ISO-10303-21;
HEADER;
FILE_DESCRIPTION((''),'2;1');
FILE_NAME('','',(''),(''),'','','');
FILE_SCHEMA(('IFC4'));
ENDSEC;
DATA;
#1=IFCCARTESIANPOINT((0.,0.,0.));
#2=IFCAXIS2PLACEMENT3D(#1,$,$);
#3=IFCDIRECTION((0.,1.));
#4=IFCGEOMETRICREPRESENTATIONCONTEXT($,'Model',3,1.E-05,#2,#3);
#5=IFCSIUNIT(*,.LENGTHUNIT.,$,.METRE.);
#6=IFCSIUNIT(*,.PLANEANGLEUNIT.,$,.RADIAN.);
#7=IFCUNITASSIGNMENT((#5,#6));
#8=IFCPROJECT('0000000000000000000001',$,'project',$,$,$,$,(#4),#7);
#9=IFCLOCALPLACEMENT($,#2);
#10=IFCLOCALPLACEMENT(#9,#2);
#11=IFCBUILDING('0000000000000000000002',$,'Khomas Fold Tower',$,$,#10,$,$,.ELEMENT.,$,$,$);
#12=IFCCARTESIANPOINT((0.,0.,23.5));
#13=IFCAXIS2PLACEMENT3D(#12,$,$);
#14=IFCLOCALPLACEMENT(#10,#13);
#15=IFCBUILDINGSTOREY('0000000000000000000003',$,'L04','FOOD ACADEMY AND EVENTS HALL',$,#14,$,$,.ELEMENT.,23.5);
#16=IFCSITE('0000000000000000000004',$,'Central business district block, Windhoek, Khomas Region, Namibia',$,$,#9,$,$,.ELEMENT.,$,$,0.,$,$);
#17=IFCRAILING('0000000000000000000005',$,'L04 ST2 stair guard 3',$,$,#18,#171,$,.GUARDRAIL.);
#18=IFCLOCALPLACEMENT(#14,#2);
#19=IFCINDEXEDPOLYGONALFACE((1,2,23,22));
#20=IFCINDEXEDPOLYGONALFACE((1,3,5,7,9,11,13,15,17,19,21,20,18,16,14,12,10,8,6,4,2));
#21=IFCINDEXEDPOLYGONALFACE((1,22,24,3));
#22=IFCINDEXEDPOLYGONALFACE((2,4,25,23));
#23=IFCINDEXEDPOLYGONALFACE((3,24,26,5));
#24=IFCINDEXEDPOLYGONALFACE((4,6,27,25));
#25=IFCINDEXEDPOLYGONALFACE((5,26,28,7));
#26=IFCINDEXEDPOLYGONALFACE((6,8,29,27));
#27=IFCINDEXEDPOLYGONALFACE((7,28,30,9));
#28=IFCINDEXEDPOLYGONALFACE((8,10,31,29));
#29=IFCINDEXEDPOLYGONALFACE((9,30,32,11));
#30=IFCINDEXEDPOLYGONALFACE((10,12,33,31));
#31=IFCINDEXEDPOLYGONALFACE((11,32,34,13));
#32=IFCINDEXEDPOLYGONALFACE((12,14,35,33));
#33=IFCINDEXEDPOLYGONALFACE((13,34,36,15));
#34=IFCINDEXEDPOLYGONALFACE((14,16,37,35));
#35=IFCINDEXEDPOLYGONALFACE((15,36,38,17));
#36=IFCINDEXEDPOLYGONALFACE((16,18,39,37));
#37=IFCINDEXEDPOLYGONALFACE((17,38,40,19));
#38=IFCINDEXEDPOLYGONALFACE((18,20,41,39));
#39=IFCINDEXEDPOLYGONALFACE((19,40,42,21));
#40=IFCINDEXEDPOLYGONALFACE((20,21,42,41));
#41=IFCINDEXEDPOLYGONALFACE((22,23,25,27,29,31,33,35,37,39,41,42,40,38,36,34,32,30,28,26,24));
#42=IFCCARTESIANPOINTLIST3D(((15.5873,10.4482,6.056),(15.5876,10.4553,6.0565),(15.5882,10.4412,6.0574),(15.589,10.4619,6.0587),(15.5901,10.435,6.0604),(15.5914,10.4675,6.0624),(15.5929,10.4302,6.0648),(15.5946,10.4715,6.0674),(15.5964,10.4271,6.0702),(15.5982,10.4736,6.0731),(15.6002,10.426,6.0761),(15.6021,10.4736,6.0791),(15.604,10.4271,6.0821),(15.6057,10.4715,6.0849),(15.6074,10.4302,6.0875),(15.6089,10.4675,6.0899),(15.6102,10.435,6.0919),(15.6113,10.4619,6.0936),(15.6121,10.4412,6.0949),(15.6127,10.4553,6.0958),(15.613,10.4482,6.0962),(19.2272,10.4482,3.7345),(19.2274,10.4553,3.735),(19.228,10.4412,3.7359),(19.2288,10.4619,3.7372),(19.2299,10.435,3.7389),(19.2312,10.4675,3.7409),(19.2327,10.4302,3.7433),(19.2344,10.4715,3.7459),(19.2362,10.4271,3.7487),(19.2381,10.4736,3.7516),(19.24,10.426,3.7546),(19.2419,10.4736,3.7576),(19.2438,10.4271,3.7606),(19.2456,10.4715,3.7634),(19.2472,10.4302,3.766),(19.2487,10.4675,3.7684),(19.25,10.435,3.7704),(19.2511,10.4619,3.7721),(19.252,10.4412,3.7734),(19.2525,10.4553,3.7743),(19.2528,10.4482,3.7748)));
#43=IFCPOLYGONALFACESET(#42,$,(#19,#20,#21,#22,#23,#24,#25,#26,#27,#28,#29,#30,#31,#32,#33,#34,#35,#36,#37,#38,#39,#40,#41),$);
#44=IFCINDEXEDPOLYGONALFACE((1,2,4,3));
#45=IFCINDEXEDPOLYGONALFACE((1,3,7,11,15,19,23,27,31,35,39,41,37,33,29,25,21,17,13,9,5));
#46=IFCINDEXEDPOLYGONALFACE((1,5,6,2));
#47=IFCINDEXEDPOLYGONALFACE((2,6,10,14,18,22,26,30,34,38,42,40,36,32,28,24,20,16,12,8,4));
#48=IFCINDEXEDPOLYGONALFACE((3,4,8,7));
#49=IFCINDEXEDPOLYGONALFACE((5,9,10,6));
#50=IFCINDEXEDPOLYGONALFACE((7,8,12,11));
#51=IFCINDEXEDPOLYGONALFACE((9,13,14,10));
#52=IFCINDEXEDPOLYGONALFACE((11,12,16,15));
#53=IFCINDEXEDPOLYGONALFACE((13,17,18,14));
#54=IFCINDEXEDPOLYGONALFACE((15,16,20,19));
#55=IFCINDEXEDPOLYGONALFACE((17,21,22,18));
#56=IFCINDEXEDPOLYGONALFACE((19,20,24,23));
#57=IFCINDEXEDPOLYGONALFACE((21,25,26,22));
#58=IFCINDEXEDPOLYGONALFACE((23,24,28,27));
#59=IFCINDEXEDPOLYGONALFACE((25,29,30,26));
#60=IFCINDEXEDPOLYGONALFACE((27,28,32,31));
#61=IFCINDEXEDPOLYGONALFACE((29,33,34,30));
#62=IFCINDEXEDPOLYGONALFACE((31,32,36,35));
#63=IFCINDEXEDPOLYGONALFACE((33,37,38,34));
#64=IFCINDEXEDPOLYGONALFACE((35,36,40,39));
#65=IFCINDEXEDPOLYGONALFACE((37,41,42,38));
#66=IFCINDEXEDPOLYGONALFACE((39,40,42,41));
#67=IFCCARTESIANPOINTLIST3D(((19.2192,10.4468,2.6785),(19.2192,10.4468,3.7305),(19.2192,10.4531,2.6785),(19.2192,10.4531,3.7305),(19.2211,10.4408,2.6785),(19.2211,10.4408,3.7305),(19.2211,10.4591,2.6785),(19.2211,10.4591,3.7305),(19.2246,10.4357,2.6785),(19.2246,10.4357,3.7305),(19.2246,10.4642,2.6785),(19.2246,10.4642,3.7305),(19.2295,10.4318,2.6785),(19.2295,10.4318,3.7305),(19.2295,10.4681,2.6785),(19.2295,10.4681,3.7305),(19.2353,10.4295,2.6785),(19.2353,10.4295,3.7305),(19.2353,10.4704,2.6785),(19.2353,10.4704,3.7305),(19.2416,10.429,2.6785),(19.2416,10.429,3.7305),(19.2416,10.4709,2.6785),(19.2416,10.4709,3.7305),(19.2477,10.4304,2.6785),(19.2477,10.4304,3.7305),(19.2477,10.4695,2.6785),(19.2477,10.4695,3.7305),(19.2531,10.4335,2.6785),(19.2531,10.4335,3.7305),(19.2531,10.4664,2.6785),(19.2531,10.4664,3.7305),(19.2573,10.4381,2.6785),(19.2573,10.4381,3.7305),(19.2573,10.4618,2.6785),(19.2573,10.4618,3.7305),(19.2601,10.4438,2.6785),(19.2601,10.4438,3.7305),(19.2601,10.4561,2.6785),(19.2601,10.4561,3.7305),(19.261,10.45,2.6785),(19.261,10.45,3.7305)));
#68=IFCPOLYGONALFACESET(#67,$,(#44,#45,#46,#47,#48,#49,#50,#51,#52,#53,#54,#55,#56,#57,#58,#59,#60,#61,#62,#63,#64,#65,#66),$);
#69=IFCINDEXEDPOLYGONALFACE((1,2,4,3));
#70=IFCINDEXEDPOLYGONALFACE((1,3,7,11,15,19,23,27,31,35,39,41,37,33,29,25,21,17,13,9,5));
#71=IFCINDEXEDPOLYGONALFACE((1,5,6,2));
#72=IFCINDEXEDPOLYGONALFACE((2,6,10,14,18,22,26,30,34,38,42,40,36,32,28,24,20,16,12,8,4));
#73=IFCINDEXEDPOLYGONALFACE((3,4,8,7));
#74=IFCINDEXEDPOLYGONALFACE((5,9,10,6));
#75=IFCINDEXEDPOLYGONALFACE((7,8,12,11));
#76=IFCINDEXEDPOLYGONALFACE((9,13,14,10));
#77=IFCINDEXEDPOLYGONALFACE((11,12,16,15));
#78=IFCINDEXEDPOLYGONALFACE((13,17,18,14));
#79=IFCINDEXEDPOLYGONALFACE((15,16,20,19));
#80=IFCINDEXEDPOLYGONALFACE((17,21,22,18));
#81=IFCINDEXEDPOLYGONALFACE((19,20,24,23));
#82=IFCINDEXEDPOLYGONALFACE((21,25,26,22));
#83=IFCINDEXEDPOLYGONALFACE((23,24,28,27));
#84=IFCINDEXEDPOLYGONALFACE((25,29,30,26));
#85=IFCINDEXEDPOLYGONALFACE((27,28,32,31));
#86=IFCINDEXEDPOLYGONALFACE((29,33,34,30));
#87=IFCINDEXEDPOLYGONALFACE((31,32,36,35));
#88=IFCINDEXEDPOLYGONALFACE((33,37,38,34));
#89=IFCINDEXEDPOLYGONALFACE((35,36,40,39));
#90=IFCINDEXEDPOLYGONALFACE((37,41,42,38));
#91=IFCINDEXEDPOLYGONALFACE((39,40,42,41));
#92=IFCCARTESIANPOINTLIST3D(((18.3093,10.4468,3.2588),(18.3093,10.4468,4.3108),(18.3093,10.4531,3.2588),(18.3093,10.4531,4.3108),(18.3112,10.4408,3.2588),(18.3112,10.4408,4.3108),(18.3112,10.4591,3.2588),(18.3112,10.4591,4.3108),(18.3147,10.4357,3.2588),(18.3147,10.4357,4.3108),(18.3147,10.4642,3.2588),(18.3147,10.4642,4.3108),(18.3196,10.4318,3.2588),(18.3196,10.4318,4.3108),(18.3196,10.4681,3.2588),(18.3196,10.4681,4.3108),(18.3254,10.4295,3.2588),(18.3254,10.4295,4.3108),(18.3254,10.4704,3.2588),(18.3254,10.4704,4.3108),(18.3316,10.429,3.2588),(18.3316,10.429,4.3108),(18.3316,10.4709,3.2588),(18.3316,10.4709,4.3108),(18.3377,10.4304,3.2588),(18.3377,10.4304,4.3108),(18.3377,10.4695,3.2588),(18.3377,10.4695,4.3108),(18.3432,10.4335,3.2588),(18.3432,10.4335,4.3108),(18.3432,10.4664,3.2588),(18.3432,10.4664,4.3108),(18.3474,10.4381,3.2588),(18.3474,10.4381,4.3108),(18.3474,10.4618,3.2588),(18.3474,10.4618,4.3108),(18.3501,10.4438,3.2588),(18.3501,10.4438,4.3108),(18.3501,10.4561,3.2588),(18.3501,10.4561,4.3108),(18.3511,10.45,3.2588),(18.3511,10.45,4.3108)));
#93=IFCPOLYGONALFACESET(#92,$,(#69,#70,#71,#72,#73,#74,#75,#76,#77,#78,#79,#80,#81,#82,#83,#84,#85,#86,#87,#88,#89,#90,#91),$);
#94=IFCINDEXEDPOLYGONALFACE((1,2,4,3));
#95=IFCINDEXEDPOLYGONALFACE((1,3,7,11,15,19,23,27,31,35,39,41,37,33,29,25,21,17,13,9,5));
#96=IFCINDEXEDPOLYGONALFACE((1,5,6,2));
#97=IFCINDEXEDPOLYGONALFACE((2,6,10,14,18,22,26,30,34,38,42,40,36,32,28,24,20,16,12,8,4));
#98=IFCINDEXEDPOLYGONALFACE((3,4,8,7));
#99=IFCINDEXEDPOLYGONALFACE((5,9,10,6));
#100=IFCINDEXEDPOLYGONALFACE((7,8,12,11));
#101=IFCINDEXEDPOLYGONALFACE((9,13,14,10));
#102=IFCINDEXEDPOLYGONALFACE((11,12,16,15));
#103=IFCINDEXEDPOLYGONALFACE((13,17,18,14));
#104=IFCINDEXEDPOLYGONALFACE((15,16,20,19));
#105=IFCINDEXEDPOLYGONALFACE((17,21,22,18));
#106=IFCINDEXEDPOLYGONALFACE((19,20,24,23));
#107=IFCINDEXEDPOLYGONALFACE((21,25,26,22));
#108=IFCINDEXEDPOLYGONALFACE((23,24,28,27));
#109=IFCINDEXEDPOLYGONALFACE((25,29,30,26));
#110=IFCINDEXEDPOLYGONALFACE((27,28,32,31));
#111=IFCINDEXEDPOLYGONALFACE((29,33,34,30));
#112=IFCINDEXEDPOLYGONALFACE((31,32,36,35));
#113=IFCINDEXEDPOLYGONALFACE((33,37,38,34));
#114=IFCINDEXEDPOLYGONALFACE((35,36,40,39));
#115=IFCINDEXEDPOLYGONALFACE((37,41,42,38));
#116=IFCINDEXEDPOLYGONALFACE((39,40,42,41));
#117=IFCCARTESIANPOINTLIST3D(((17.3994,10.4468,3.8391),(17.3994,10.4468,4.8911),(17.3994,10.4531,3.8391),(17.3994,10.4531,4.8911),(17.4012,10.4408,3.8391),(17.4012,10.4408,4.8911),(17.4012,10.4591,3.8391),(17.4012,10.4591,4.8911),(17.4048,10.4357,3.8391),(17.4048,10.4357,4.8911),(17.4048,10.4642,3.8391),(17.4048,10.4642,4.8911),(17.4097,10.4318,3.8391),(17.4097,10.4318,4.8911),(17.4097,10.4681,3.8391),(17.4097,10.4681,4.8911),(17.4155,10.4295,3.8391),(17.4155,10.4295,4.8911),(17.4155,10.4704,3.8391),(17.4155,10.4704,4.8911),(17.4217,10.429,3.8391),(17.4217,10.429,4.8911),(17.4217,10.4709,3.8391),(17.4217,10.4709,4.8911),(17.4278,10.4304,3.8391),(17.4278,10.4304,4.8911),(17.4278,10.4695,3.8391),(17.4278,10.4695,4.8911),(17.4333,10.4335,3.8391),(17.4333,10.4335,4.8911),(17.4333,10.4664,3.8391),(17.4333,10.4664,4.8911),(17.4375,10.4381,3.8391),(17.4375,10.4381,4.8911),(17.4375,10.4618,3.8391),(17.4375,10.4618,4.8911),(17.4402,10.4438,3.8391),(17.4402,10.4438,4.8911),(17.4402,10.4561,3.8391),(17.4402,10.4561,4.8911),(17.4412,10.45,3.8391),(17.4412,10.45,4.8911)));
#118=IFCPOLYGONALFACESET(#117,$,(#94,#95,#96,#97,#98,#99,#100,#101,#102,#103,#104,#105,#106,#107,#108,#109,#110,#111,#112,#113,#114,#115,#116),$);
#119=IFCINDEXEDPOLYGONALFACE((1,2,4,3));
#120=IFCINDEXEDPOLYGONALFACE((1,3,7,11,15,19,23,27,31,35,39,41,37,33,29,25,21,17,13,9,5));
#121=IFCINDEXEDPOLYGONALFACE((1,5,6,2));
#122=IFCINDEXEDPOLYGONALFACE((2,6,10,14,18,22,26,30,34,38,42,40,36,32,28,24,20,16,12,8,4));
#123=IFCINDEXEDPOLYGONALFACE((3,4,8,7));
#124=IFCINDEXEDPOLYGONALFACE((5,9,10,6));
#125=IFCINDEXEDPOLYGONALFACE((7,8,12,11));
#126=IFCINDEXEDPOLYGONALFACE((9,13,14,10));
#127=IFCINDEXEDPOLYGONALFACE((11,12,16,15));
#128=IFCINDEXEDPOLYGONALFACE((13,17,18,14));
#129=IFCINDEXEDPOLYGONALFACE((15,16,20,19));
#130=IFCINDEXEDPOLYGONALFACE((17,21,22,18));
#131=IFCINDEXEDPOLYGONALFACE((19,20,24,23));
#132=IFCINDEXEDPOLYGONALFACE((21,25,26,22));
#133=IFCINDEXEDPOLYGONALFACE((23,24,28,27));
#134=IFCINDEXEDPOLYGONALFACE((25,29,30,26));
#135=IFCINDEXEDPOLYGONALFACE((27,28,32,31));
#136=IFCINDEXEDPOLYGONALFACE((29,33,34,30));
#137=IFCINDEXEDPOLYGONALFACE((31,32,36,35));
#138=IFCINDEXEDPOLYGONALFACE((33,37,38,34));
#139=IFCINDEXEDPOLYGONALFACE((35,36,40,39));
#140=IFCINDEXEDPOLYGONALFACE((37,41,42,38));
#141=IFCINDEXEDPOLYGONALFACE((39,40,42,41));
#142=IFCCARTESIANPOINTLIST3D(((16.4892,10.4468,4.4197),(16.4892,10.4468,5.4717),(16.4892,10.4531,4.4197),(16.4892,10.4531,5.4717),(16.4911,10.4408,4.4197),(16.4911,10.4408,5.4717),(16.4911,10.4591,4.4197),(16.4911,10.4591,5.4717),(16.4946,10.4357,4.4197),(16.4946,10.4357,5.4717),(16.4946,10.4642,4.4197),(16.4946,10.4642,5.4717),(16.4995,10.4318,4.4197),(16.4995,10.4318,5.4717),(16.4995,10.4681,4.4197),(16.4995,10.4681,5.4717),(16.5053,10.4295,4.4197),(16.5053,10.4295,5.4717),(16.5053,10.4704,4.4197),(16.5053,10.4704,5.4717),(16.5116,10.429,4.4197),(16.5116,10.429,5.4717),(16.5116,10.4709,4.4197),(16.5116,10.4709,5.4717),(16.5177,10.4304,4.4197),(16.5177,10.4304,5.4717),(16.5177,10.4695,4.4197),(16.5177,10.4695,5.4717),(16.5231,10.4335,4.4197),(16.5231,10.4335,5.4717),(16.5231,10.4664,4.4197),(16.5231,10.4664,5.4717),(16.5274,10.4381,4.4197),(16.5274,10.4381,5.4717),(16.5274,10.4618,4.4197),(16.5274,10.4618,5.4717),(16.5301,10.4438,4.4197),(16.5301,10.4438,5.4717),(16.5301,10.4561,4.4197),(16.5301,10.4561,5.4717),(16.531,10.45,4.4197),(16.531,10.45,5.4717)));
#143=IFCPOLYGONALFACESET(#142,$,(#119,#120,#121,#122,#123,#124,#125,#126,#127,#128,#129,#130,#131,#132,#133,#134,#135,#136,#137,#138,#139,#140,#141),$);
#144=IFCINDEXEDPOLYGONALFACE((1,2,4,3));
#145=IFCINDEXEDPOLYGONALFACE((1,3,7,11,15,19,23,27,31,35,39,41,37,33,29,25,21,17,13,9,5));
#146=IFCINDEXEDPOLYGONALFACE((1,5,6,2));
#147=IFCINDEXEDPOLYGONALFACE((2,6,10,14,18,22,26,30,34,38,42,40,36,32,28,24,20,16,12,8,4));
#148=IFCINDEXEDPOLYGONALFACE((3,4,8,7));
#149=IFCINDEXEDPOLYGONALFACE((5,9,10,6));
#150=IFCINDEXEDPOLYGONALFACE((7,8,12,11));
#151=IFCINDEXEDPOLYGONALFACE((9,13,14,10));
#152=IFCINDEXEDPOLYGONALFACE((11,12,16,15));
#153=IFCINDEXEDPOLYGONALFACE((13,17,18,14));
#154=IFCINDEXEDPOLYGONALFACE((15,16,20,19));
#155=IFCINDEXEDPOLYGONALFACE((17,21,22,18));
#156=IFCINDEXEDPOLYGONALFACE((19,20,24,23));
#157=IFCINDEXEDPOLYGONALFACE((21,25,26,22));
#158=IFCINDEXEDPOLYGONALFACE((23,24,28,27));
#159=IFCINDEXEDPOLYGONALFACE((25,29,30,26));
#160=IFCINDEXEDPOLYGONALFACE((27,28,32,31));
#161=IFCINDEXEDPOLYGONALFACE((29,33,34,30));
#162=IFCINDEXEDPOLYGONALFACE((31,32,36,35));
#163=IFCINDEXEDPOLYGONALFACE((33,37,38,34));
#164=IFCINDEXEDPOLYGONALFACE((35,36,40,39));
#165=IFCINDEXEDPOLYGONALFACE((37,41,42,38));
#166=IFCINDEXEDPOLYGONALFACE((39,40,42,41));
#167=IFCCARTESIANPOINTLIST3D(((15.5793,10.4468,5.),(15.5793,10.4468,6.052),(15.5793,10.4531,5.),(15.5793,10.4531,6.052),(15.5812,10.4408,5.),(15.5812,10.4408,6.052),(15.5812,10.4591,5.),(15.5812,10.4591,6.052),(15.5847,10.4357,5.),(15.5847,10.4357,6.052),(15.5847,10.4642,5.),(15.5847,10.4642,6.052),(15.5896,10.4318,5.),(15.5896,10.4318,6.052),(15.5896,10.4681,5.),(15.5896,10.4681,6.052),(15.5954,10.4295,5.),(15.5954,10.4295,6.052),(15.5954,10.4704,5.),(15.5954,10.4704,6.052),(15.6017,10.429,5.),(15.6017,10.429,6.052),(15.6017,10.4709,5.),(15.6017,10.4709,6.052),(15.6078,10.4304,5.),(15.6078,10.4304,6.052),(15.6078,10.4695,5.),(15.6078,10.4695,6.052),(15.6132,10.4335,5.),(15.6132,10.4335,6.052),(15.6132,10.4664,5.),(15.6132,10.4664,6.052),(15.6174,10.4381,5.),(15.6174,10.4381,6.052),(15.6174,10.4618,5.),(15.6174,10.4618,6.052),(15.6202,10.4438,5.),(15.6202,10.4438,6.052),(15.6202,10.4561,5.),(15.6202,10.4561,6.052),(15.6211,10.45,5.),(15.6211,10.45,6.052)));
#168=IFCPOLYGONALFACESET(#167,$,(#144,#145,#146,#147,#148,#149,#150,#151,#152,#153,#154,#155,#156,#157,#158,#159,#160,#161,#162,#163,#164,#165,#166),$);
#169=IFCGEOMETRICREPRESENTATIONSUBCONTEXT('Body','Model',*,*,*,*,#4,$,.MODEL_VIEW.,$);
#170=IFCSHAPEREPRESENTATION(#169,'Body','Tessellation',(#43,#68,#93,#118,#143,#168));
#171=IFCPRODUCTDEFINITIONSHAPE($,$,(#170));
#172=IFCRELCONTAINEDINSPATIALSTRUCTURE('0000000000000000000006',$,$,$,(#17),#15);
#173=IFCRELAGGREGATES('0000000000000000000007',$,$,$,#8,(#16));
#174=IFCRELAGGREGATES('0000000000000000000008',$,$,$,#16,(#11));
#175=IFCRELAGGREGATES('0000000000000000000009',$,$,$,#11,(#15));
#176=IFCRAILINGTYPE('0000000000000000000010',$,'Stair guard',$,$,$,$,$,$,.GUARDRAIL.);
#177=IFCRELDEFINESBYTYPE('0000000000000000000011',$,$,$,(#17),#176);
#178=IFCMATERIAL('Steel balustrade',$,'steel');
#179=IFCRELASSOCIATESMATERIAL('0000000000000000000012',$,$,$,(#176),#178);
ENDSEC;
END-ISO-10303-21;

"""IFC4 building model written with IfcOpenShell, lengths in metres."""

from ifc_helpers import new_model, si_unit, direction, frame, origin, origin_2d, place, context, subcontext, project, spatial, circle, extrude, source, transform, mapped, material, type_object, element, save


model = new_model("IFC4")

# Units and contexts
model_context = context("Model", 3, precision=1e-05, world=origin(), true_north=direction((0.0, 1.0)))
body_context = subcontext(model_context, "Body", "Model", "MODEL_VIEW")
ifc_project = project(units=[si_unit("LENGTHUNIT", "METRE"), si_unit("PLANEANGLEUNIT", "RADIAN")], contexts=[model_context])

# Site, building, storey
site_placement = place(None, origin())
site = spatial("IfcSite", under=ifc_project, at=site_placement, Name="Central business district block, Windhoek, Khomas Region, Namibia", CompositionType="ELEMENT", RefElevation=0.0)
building_placement = place(site_placement, origin())
building = spatial("IfcBuilding", under=site, at=building_placement, Name="Khomas Fold Tower", CompositionType="ELEMENT")
storey_placement = place(building_placement, frame((0.0, 0.0, 23.5)))
storey = spatial("IfcBuildingStorey", under=building, at=storey_placement, Name="L04", Description="FOOD ACADEMY AND EVENTS HALL", CompositionType="ELEMENT", Elevation=23.5)

# Railing
ifc_material_1 = material(Name="Steel balustrade", Category="steel")
railing_type_1 = type_object("IfcRailingType", Name="Stair guard", PredefinedType="GUARDRAIL", material=ifc_material_1)
shared_shape_1 = source(origin(), body_context, "Body", "SweptSolid", [
    extrude(circle(Radius=0.0239, at=origin_2d()), frame((0.0, 0.0, 1.0762), z_axis=(-0.843112, 0.0, 0.537739), x_axis=(0.0, -1.0, 0.0)), (0.0, 0.0, 1.0), 4.3171),
    extrude(circle(Radius=0.021, at=origin_2d()), origin(), (0.0, 0.0, 1.0), 1.052),
    extrude(circle(Radius=0.021, at=origin_2d()), frame((-0.9099, 0.0, 0.5803)), (0.0, 0.0, 1.0), 1.052),
    extrude(circle(Radius=0.021, at=origin_2d()), frame((-1.8198, 0.0, 1.1606)), (0.0, 0.0, 1.0), 1.052),
    extrude(circle(Radius=0.021, at=origin_2d()), frame((-2.73, 0.0, 1.7412)), (0.0, 0.0, 1.0), 1.052),
    extrude(circle(Radius=0.021, at=origin_2d()), frame((-3.6399, 0.0, 2.3215)), (0.0, 0.0, 1.0), 1.052),
])
railing_1_placement = place(storey_placement, frame((19.24, 10.45, 2.6785)))
element("IfcRailing", 1, at=railing_1_placement, inside=storey, type_object=railing_type_1, Name="L04 ST2 stair guard 3", PredefinedType="GUARDRAIL", context=body_context, shape_type="MappedRepresentation", body=[
    mapped(shared_shape_1, transform((0.0, 0.0, 0.0))),
])

save(model, "model.ifc")
